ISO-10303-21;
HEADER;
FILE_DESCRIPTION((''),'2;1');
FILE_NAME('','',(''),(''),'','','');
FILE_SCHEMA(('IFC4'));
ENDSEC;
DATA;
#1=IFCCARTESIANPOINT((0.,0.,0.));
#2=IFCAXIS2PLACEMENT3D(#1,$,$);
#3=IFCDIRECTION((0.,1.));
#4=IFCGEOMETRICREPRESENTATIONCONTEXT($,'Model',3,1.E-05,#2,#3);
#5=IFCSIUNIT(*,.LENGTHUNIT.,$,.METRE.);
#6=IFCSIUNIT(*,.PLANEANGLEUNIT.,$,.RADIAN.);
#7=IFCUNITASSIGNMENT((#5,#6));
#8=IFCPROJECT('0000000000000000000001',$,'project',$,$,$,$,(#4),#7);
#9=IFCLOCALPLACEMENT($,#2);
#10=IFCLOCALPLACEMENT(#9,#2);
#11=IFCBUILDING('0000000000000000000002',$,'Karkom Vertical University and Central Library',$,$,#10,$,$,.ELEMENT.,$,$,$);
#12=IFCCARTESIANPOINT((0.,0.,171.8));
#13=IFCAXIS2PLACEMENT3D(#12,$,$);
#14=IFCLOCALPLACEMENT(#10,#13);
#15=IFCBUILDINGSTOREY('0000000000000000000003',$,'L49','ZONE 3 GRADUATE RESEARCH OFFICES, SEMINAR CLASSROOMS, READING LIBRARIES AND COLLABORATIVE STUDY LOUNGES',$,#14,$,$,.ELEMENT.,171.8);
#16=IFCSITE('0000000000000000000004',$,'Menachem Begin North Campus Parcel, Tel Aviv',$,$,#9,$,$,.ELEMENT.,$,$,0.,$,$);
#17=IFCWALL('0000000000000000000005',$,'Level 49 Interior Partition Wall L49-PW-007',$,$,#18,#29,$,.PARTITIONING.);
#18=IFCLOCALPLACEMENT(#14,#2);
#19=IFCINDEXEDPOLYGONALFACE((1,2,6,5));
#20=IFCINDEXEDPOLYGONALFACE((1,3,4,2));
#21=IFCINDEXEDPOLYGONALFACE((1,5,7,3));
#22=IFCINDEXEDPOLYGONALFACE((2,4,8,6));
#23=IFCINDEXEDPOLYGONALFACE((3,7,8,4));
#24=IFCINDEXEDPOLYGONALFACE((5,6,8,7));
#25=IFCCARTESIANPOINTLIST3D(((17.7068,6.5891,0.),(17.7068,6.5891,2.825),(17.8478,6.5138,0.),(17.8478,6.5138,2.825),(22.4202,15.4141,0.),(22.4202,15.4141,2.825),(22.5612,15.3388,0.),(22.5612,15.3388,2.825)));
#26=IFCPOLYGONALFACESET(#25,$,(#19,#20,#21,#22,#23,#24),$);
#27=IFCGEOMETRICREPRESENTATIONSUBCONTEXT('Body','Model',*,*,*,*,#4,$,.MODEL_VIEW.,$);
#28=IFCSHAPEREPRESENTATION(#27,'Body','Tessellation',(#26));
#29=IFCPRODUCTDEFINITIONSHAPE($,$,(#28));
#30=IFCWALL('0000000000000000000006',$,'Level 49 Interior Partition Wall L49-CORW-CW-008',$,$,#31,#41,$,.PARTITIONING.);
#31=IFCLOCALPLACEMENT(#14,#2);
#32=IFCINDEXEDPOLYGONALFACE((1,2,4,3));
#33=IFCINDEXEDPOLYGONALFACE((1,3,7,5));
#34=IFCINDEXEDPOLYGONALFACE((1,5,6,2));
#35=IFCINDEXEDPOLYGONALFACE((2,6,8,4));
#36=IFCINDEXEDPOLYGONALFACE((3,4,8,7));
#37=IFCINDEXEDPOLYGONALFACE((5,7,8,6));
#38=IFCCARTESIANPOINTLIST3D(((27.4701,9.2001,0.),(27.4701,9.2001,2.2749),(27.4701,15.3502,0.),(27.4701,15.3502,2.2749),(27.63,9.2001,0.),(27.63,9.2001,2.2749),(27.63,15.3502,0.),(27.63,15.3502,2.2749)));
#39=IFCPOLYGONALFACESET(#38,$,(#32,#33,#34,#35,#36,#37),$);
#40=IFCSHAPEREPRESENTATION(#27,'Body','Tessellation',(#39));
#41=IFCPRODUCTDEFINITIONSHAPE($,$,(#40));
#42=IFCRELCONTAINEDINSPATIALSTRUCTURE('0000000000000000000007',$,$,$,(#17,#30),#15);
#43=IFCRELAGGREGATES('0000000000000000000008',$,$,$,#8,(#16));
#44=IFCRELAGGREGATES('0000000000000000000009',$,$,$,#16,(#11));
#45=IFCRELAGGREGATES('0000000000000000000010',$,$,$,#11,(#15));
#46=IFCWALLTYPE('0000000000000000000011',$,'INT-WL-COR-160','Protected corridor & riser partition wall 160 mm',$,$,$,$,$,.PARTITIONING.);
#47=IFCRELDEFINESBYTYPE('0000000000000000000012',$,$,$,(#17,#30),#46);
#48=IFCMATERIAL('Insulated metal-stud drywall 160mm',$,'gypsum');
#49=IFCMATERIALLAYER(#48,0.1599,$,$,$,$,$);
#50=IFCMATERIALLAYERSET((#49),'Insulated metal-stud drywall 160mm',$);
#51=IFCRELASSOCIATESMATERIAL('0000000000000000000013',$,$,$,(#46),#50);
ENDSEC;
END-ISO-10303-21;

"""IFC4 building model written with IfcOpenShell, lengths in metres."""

from ifc_helpers import new_model, si_unit, direction, frame, frame_2d, origin, place, context, subcontext, project, spatial, rectangle, extrude, material, layer, layer_set, type_object, element, save


model = new_model("IFC4")

# Units and contexts
model_context = context("Model", 3, precision=1e-05, world=origin(), true_north=direction((0.0, 1.0)))
body_context = subcontext(model_context, "Body", "Model", "MODEL_VIEW")
ifc_project = project(units=[si_unit("LENGTHUNIT", "METRE"), si_unit("PLANEANGLEUNIT", "RADIAN")], contexts=[model_context])

# Site, building, storey
site_placement = place(None, origin())
site = spatial("IfcSite", under=ifc_project, at=site_placement, Name="Menachem Begin North Campus Parcel, Tel Aviv", CompositionType="ELEMENT", RefElevation=0.0)
building_placement = place(site_placement, origin())
building = spatial("IfcBuilding", under=site, at=building_placement, Name="Karkom Vertical University and Central Library", CompositionType="ELEMENT")
storey_placement = place(building_placement, frame((0.0, 0.0, 171.8)))
storey = spatial("IfcBuildingStorey", under=building, at=storey_placement, Name="L49", Description="ZONE 3 GRADUATE RESEARCH OFFICES, SEMINAR CLASSROOMS, READING LIBRARIES AND COLLABORATIVE STUDY LOUNGES", CompositionType="ELEMENT", Elevation=171.8)

# Shared definitions
ifc_material_1 = material(Name="Insulated metal-stud drywall 160mm", Category="gypsum")
ifc_layer_1 = layer(ifc_material_1, 0.1599)
ifc_layer_set_1 = layer_set([ifc_layer_1], Name="Insulated metal-stud drywall 160mm")
wall_type_1 = type_object("IfcWallType", Name="INT-WL-COR-160", Description="Protected corridor & riser partition wall 160 mm", PredefinedType="PARTITIONING", material=ifc_layer_set_1)

# Walls
wall_1_placement = place(storey_placement, frame((22.4907, 15.3765, 0.0), z_axis=(0.0, 0.0, 1.0), x_axis=(-0.471113, -0.882073, 0.0)))
element("IfcWall", 1, at=wall_1_placement, inside=storey, type_object=wall_type_1, Name="Level 49 Interior Partition Wall L49-PW-007", PredefinedType="PARTITIONING", context=body_context, shape_type="SweptSolid", body=[
    extrude(rectangle(XDim=10.0049, YDim=0.1599, at=frame_2d((5.0024, 0.0))), origin(), (0.0, 0.0, 1.0), 2.825),
])
wall_2_placement = place(storey_placement, frame((27.55, 9.2, 0.0), z_axis=(0.0, 0.0, 1.0), x_axis=(0.0, 1.0, 0.0)))
element("IfcWall", 2, at=wall_2_placement, inside=storey, type_object=wall_type_1, Name="Level 49 Interior Partition Wall L49-CORW-CW-008", PredefinedType="PARTITIONING", context=body_context, shape_type="SweptSolid", body=[
    extrude(rectangle(XDim=6.1501, YDim=0.1599, at=frame_2d((3.0752, 0.0))), origin(), (0.0, 0.0, 1.0), 2.2749),
])

save(model, "model.ifc")
